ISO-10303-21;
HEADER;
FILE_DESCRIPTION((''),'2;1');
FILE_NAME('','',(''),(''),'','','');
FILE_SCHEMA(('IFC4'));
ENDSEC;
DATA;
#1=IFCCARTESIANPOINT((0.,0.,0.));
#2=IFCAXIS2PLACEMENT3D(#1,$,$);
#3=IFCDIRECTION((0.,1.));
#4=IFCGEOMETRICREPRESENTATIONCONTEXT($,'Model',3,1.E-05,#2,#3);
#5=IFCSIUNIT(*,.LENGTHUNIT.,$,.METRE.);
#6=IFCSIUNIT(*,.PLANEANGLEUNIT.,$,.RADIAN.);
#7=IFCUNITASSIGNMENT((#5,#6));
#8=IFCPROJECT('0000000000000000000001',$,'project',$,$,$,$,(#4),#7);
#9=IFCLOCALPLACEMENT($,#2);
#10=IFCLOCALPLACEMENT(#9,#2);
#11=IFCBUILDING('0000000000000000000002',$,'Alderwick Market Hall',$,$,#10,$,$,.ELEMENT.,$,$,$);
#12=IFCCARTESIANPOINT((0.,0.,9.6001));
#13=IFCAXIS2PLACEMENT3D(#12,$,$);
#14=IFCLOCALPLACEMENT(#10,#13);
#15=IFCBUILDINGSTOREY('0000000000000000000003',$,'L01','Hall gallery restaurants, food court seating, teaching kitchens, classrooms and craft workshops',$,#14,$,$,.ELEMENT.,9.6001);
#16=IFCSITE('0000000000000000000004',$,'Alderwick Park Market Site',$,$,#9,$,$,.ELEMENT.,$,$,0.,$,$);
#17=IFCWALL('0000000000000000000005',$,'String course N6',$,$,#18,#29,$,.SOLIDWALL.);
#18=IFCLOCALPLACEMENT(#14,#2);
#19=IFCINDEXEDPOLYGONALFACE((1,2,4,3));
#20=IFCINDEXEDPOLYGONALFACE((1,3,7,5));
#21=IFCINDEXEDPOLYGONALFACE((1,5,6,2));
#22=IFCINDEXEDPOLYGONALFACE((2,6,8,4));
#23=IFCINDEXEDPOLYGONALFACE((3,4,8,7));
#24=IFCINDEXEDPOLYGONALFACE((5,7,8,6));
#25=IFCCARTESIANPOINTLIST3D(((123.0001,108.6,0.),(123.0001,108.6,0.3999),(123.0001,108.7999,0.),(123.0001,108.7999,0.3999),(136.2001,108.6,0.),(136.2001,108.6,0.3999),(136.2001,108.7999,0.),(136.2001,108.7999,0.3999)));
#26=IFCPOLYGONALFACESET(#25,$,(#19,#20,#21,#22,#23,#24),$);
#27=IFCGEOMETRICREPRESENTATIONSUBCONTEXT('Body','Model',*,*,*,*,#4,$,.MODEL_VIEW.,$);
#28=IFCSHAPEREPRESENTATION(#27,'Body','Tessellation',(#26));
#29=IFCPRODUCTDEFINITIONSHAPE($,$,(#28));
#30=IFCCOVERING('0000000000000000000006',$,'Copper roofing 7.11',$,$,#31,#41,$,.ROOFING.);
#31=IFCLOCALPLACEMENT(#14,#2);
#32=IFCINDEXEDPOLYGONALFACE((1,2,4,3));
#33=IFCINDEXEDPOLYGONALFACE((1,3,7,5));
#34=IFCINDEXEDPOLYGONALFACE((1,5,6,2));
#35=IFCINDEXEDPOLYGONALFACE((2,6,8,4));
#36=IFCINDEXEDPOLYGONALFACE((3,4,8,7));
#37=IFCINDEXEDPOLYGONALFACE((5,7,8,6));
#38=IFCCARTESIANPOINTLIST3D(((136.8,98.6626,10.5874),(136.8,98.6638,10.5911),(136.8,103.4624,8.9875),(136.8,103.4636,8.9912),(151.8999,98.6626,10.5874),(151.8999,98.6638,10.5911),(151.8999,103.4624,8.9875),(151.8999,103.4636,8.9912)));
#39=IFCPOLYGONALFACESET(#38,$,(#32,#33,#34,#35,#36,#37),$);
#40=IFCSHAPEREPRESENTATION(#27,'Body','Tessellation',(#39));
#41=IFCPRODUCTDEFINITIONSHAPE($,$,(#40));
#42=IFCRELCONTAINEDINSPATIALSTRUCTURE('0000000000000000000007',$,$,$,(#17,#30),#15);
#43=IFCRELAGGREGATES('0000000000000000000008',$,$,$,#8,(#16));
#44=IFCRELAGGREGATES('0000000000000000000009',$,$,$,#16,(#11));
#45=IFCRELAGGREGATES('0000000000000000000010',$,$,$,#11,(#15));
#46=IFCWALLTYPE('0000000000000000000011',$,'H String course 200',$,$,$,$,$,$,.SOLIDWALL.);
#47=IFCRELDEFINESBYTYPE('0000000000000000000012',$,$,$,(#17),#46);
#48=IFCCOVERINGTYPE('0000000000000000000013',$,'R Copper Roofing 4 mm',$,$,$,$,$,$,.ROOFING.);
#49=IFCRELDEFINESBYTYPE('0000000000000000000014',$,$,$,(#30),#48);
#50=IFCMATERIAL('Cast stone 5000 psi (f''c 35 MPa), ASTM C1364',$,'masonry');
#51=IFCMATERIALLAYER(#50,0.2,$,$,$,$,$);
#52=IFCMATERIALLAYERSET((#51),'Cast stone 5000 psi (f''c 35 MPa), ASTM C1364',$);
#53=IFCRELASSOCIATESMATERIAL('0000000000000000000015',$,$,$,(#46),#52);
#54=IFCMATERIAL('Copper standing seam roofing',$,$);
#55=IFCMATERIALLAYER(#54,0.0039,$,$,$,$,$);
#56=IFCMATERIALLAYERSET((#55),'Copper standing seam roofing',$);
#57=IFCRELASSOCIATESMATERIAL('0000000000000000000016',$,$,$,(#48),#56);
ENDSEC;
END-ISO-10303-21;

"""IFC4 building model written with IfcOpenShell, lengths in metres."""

from ifc_helpers import new_model, si_unit, direction, frame, frame_2d, origin, place, context, subcontext, project, spatial, polyline, rectangle, outline, extrude, material, layer, layer_set, type_object, element, save


model = new_model("IFC4")

# Units and contexts
model_context = context("Model", 3, precision=1e-05, world=origin(), true_north=direction((0.0, 1.0)))
body_context = subcontext(model_context, "Body", "Model", "MODEL_VIEW")
ifc_project = project(units=[si_unit("LENGTHUNIT", "METRE"), si_unit("PLANEANGLEUNIT", "RADIAN")], contexts=[model_context])

# Site, building, storey
site_placement = place(None, origin())
site = spatial("IfcSite", under=ifc_project, at=site_placement, Name="Alderwick Park Market Site", CompositionType="ELEMENT", RefElevation=0.0)
building_placement = place(site_placement, origin())
building = spatial("IfcBuilding", under=site, at=building_placement, Name="Alderwick Market Hall", CompositionType="ELEMENT")
storey_placement = place(building_placement, frame((0.0, 0.0, 9.6001)))
storey = spatial("IfcBuildingStorey", under=building, at=storey_placement, Name="L01", Description="Hall gallery restaurants, food court seating, teaching kitchens, classrooms and craft workshops", CompositionType="ELEMENT", Elevation=9.6001)

# Wall
ifc_material_1 = material(Name="Cast stone 5000 psi (f'c 35 MPa), ASTM C1364", Category="masonry")
ifc_layer_1 = layer(ifc_material_1, 0.2)
ifc_layer_set_1 = layer_set([ifc_layer_1], Name="Cast stone 5000 psi (f'c 35 MPa), ASTM C1364")
wall_type_1 = type_object("IfcWallType", Name="H String course 200", PredefinedType="SOLIDWALL", material=ifc_layer_set_1)
wall_1_placement = place(storey_placement, frame((123.0, 108.7, 0.0), z_axis=(0.0, 0.0, 1.0), x_axis=(1.0, 0.0, 0.0)))
element("IfcWall", 1, at=wall_1_placement, inside=storey, type_object=wall_type_1, Name="String course N6", PredefinedType="SOLIDWALL", context=body_context, shape_type="SweptSolid", body=[
    extrude(rectangle(XDim=13.2, YDim=0.2, at=frame_2d((6.6001, 0.0))), origin(), (0.0, 0.0, 1.0), 0.3999),
])

# Covering
ifc_material_2 = material(Name="Copper standing seam roofing")
ifc_layer_2 = layer(ifc_material_2, 0.0039)
ifc_layer_set_2 = layer_set([ifc_layer_2], Name="Copper standing seam roofing")
covering_type = type_object("IfcCoveringType", Name="R Copper Roofing 4 mm", PredefinedType="ROOFING", material=ifc_layer_set_2)
covering_placement = place(storey_placement, frame((136.8, 98.6638, 10.5911), z_axis=(0.0, 0.316213, 0.948688), x_axis=(1.0, 0.0, 0.0)))
element("IfcCovering", 2, at=covering_placement, inside=storey, type_object=covering_type, Name="Copper roofing 7.11", PredefinedType="ROOFING", context=body_context, shape_type="SweptSolid", body=[
    extrude(outline(polyline([(0.0, 0.0), (15.0999, 0.0), (15.0999, 5.0594), (0.0, 5.0594), (0.0, 0.0)])), origin(), (0.0, 0.0, -1.0), 0.0039),
])

save(model, "model.ifc")
